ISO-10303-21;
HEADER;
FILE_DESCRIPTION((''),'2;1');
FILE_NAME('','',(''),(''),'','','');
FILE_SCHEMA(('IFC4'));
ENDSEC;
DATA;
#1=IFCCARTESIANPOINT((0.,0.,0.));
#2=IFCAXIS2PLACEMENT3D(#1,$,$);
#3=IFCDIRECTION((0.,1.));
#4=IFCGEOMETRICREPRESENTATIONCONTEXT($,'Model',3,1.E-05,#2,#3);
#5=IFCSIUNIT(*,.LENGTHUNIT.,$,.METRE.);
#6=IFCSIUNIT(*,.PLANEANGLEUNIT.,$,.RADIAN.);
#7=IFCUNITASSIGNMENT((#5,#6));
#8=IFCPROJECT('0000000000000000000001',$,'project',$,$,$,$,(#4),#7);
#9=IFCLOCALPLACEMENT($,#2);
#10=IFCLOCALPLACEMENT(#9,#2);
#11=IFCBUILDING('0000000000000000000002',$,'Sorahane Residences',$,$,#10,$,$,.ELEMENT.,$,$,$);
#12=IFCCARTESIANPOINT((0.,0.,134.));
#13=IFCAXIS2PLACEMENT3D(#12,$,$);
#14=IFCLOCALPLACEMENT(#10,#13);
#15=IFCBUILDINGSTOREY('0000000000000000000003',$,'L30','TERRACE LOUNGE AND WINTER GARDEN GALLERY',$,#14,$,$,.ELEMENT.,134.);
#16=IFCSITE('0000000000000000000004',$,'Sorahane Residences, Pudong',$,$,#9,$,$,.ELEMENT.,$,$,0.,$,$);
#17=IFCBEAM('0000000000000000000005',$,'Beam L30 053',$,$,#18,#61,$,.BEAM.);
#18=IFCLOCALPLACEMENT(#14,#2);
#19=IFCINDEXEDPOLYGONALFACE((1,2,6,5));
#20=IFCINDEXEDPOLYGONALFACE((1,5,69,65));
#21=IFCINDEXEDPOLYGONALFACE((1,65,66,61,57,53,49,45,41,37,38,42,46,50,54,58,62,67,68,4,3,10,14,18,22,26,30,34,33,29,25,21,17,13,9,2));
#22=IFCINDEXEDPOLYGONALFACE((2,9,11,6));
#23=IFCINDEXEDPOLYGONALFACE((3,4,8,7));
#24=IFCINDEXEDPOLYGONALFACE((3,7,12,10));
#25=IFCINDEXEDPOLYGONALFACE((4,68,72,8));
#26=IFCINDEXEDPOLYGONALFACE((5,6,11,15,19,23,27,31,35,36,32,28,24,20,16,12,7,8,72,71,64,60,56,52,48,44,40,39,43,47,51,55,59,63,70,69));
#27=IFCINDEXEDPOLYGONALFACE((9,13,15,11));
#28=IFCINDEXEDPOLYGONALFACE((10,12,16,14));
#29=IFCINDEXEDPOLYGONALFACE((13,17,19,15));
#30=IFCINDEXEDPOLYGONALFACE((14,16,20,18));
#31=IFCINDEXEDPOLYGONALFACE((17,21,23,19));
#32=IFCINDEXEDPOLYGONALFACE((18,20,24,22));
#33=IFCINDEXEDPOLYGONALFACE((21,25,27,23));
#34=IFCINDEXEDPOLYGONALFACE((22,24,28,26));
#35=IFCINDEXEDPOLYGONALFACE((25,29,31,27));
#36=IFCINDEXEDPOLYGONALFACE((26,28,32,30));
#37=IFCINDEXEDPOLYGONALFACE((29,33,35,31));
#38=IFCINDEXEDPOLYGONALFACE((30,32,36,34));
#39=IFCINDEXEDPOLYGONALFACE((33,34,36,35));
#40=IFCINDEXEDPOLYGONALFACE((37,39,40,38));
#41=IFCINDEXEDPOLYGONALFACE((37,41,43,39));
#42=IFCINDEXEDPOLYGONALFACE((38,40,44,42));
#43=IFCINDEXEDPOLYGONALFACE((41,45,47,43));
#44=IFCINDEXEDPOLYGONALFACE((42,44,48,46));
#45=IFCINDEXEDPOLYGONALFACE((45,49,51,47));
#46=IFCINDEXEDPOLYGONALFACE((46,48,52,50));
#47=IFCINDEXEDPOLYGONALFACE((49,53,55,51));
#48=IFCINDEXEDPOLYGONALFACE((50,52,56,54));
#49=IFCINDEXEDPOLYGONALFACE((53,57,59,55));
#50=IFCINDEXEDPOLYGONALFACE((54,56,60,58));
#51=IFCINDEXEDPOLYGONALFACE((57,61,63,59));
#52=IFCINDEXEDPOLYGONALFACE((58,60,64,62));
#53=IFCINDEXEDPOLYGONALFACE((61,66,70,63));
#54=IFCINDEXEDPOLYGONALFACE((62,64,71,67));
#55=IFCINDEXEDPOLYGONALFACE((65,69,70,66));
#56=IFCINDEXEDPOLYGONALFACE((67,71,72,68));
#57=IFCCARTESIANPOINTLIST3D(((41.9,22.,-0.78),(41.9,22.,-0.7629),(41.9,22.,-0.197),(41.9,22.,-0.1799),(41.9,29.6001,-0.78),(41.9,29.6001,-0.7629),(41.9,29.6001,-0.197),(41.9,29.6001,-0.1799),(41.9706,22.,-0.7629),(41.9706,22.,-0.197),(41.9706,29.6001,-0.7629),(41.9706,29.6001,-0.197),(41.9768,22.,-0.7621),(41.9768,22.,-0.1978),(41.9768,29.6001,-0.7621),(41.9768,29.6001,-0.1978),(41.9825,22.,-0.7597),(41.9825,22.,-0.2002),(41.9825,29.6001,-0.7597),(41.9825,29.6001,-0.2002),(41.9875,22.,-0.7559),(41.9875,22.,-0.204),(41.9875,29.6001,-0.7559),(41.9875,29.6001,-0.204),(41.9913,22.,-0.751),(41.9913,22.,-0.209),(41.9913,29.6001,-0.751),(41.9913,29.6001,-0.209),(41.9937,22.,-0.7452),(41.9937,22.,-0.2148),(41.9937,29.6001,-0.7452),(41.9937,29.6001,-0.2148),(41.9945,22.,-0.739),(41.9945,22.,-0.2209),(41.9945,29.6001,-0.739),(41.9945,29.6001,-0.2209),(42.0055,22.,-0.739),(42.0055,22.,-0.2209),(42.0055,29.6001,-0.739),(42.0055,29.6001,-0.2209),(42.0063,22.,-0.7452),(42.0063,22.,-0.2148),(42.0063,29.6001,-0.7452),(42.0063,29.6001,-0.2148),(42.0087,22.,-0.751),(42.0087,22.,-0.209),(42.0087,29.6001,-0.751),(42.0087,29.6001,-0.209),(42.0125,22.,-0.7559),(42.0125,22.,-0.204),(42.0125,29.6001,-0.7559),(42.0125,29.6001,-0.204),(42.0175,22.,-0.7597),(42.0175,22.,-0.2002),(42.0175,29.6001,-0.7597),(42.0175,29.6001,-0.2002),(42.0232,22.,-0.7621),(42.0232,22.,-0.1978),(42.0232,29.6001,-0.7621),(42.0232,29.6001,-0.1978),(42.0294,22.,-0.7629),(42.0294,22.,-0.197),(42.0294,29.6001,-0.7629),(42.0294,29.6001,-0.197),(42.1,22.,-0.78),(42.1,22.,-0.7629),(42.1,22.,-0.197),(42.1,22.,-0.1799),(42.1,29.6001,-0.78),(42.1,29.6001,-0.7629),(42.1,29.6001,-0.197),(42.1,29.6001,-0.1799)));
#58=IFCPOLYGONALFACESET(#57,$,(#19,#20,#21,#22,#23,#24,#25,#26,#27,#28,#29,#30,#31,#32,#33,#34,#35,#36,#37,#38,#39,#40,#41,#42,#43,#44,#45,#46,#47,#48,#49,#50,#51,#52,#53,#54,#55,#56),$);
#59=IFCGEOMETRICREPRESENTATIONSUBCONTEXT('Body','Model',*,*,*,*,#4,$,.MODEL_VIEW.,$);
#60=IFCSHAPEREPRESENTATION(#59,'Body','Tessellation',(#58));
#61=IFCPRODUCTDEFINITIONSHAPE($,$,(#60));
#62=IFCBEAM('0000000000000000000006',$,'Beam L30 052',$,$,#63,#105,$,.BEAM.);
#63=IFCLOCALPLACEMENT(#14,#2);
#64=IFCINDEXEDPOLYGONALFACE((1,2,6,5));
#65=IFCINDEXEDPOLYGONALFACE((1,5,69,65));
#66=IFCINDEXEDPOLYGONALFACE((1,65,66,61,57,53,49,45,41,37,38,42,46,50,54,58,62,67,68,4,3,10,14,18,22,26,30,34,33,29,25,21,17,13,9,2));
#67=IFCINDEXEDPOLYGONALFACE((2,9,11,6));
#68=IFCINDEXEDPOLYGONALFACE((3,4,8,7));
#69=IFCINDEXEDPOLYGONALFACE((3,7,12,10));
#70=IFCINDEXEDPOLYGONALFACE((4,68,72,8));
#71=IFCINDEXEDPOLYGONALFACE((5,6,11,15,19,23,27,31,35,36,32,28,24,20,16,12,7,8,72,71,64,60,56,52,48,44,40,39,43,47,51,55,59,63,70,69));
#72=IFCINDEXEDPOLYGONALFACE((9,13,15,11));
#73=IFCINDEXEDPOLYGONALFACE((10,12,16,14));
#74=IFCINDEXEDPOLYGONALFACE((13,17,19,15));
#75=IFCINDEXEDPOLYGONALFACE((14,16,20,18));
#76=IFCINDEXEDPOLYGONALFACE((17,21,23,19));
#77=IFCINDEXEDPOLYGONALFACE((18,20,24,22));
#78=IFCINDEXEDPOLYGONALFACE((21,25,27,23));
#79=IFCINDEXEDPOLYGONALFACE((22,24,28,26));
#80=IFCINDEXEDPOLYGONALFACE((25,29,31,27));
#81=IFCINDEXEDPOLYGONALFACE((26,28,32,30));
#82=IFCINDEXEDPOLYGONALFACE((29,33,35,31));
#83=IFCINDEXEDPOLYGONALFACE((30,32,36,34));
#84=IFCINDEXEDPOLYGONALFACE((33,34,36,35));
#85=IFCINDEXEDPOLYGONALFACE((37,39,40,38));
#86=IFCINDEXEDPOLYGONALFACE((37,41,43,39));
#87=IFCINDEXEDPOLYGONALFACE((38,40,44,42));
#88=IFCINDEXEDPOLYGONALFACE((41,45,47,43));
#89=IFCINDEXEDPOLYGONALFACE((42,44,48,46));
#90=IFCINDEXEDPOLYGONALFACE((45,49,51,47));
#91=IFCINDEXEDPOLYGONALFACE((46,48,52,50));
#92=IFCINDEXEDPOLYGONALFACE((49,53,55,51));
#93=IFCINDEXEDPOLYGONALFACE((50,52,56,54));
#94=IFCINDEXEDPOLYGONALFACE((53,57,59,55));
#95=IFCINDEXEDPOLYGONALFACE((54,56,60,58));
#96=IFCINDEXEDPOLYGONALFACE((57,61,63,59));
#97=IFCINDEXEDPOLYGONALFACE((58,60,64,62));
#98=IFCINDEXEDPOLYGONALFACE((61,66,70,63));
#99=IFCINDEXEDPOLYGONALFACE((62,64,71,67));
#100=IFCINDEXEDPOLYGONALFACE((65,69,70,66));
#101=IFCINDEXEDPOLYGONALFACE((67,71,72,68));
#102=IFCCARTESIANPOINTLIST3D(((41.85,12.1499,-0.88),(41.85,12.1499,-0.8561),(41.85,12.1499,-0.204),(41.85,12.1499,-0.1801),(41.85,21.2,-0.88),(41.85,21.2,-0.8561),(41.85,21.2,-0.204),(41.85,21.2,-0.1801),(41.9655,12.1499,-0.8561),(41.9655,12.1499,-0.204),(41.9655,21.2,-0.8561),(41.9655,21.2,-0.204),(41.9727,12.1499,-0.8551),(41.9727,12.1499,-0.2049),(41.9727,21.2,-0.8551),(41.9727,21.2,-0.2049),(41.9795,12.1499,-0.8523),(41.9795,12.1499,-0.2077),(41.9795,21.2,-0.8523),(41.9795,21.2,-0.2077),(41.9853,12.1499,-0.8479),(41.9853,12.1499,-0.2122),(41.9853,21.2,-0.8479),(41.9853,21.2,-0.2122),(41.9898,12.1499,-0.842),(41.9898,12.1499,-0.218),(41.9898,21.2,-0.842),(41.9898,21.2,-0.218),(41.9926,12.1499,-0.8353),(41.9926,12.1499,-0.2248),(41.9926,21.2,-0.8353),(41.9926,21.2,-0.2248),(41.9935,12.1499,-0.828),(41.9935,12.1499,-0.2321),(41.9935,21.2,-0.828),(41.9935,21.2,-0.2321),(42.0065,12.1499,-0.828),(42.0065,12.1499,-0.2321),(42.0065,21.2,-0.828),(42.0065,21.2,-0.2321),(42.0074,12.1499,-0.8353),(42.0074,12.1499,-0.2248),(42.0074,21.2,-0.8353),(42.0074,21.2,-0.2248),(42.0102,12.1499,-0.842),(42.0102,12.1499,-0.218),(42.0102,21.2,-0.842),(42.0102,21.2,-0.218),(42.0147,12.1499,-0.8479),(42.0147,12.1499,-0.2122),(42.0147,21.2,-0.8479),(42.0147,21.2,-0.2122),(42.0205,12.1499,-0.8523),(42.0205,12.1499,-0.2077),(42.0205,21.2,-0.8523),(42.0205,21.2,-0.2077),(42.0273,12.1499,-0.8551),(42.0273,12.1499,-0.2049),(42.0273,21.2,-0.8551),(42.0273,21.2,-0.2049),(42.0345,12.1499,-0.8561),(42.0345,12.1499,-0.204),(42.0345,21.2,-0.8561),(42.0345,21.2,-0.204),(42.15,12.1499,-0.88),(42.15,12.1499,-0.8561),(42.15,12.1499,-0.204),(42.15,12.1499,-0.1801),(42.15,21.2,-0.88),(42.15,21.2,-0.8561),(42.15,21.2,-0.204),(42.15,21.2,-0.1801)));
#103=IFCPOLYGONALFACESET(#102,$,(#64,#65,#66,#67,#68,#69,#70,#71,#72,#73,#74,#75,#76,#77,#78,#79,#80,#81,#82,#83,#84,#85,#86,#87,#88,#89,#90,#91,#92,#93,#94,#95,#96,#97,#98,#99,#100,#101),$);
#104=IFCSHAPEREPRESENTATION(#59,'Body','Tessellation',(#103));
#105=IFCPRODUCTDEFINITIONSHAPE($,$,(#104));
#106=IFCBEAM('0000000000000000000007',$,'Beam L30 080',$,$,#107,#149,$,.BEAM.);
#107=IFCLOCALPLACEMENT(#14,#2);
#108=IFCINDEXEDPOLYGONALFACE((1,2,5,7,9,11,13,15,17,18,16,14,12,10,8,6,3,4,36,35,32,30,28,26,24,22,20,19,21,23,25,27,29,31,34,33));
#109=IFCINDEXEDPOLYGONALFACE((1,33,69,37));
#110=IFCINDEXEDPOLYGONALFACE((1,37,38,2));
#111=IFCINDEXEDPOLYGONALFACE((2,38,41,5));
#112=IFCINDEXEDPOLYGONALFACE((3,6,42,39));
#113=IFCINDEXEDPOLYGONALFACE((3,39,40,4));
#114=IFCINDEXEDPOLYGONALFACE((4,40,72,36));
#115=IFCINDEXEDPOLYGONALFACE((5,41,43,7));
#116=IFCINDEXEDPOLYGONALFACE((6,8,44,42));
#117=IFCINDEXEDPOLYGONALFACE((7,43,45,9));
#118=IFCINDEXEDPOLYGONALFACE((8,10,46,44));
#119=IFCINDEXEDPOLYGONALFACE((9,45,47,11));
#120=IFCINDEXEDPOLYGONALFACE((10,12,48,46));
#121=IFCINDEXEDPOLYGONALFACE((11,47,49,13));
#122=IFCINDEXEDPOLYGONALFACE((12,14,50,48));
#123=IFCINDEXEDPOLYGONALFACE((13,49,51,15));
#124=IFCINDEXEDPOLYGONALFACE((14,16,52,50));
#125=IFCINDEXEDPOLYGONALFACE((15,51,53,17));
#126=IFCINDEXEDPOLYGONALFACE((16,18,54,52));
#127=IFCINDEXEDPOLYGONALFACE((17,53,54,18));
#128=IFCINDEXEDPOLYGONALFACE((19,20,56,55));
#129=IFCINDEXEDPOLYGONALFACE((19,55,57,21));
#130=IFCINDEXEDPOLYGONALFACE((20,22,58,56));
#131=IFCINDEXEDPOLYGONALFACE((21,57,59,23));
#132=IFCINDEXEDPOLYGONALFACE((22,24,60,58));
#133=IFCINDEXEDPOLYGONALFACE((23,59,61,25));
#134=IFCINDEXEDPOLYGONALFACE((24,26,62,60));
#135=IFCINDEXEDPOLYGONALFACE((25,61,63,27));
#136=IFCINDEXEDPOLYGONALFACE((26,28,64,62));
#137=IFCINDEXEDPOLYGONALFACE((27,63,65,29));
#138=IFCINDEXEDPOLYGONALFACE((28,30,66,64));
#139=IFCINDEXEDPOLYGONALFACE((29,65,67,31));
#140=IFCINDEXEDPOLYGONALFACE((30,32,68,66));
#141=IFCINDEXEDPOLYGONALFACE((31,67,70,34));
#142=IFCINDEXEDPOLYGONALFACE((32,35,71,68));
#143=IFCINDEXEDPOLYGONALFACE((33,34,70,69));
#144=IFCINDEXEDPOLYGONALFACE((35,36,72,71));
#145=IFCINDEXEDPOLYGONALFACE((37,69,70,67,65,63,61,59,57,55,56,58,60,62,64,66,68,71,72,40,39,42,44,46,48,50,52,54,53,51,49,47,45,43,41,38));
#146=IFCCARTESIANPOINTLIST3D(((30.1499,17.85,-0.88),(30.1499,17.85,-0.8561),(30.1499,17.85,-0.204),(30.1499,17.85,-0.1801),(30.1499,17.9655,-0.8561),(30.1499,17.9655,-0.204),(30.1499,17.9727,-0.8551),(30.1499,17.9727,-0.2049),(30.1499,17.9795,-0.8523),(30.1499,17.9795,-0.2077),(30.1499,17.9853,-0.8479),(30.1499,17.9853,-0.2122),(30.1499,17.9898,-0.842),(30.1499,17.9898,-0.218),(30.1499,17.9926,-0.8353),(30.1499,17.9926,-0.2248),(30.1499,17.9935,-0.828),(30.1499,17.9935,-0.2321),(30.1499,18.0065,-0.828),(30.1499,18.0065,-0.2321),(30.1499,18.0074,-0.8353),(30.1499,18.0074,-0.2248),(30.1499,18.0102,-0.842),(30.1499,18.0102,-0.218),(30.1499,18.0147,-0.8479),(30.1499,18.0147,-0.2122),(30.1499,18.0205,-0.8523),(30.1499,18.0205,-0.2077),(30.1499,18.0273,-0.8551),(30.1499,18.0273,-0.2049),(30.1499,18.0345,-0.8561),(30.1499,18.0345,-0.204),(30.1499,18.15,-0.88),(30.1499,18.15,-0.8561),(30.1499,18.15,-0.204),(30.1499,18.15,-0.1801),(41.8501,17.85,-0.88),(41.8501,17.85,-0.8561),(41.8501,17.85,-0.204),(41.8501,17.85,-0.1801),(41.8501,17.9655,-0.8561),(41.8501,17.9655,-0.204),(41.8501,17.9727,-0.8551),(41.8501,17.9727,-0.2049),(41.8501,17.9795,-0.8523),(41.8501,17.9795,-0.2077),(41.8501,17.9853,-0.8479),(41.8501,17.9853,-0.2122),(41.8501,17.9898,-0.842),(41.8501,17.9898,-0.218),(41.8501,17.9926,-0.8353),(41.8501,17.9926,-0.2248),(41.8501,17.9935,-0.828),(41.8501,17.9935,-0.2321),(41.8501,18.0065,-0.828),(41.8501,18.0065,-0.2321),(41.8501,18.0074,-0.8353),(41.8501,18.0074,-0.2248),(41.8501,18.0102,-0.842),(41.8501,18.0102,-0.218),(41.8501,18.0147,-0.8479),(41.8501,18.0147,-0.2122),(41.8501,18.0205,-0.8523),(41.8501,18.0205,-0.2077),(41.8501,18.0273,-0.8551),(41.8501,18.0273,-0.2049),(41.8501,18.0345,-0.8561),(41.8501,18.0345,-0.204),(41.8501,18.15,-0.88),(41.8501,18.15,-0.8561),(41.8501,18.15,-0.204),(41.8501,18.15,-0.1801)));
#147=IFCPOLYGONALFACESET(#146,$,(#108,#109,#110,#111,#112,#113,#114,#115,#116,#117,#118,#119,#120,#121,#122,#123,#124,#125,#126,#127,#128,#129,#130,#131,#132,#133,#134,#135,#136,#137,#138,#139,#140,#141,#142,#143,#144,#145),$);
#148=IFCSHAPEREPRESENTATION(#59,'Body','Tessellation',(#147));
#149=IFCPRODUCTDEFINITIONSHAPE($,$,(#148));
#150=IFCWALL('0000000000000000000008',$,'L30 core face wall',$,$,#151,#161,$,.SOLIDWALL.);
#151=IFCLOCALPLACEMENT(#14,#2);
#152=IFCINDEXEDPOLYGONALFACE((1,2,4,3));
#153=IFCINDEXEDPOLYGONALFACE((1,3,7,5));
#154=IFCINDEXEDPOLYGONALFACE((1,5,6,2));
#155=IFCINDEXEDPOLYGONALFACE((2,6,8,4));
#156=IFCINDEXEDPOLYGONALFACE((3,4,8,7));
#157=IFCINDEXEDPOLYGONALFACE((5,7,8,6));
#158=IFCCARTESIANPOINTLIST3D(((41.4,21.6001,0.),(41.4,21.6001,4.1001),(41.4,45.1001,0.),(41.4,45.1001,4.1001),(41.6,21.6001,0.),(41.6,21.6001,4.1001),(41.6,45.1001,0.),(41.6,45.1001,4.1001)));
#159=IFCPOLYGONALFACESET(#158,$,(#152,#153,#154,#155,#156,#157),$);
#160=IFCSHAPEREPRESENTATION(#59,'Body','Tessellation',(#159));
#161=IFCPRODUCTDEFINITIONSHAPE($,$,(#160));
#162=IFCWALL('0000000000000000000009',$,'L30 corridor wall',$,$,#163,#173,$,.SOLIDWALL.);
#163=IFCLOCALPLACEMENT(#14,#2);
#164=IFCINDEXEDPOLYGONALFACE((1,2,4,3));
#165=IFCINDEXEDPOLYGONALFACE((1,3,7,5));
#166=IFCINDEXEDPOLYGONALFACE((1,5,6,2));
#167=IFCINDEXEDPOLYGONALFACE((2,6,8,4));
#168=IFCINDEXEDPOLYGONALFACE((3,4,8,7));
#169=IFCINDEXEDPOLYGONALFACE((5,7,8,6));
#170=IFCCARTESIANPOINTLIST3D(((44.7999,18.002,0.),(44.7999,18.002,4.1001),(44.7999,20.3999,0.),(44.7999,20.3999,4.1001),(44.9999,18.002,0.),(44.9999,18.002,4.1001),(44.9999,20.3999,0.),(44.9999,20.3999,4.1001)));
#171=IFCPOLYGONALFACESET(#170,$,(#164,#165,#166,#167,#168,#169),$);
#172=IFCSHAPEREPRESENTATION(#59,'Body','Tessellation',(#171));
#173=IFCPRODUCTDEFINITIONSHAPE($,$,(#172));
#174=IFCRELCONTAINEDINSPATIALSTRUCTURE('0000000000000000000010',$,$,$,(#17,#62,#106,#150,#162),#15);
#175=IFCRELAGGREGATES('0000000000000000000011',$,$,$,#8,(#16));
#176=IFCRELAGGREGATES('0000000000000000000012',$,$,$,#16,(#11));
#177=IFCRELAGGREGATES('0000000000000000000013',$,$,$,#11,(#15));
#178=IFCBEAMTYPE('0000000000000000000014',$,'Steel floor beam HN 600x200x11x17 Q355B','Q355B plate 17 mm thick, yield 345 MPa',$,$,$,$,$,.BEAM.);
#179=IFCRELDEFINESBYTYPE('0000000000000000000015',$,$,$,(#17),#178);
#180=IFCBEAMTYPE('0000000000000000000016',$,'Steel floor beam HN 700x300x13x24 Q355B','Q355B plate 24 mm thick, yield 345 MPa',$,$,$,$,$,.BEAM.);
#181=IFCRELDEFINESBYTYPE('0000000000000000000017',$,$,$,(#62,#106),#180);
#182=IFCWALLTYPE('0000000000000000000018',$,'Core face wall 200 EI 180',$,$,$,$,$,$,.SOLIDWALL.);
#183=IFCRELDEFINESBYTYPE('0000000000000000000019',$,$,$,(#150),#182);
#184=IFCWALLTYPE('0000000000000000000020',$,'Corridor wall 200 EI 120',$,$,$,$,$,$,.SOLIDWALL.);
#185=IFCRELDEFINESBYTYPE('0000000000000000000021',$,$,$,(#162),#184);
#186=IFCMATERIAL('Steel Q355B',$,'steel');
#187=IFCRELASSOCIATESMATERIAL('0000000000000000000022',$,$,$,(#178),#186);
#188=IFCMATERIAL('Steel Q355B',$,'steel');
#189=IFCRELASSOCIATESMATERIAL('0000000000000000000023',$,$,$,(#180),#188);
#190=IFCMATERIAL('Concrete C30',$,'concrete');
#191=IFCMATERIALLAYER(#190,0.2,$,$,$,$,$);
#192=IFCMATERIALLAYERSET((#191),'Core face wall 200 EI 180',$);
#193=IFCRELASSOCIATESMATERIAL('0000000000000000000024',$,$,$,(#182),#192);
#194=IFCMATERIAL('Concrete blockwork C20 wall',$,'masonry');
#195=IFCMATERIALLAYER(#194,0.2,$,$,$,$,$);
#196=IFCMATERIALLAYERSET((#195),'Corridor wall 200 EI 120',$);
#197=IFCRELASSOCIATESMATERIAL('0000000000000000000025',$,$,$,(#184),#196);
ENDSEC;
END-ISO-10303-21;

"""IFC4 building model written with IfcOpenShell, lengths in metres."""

from ifc_helpers import new_model, si_unit, direction, frame, frame_2d, origin, origin_2d, place, context, subcontext, project, spatial, rectangle, i_section, extrude, material, layer, layer_set, material_profile, profile_set, type_object, element, save


model = new_model("IFC4")

# Units and contexts
model_context = context("Model", 3, precision=1e-05, world=origin(), true_north=direction((0.0, 1.0)))
body_context = subcontext(model_context, "Body", "Model", "MODEL_VIEW")
ifc_project = project(units=[si_unit("LENGTHUNIT", "METRE"), si_unit("PLANEANGLEUNIT", "RADIAN")], contexts=[model_context])

# Site, building, storey
site_placement = place(None, origin())
site = spatial("IfcSite", under=ifc_project, at=site_placement, Name="Sorahane Residences, Pudong", CompositionType="ELEMENT", RefElevation=0.0)
building_placement = place(site_placement, origin())
building = spatial("IfcBuilding", under=site, at=building_placement, Name="Sorahane Residences", CompositionType="ELEMENT")
storey_placement = place(building_placement, frame((0.0, 0.0, 134.0)))
storey = spatial("IfcBuildingStorey", under=building, at=storey_placement, Name="L30", Description="TERRACE LOUNGE AND WINTER GARDEN GALLERY", CompositionType="ELEMENT", Elevation=134.0)

# Beams
ifc_material_1 = material(Name="Steel Q355B", Category="steel")
ifc_material_profile_1 = material_profile(ifc_material_1, i_section(OverallWidth=0.2, OverallDepth=0.6001, WebThickness=0.011, FlangeThickness=0.0171, FilletRadius=0.0239, at=origin_2d()), Name="HN 600x200x11x17")
ifc_profile_set_1 = profile_set([ifc_material_profile_1], Name="Steel Q355B")
beam_type_1 = type_object("IfcBeamType", Name="Steel floor beam HN 600x200x11x17 Q355B", Description="Q355B plate 17 mm thick, yield 345 MPa", PredefinedType="BEAM", material=ifc_profile_set_1)
for number, where, z_axis, x_axis, name in (
    (1, (42.0, 22.0, -0.48), (0.0, 1.0, 0.0), (-1.0, 0.0, 0.0), "Beam L30 053"),
):
    element("IfcBeam", number, at=place(storey_placement, frame(where, z_axis=z_axis, x_axis=x_axis)), inside=storey, type_object=beam_type_1, Name=name, PredefinedType="BEAM", context=body_context, shape_type="SweptSolid", body=[
        extrude(i_section(OverallWidth=0.2, OverallDepth=0.6001, WebThickness=0.011, FlangeThickness=0.0171, FilletRadius=0.0239, at=origin_2d()), origin(), (0.0, 0.0, 1.0), 7.6001),
    ])
ifc_material_2 = material(Name="Steel Q355B", Category="steel")
ifc_material_profile_2 = material_profile(ifc_material_2, i_section(OverallWidth=0.3, OverallDepth=0.7, WebThickness=0.0129, FlangeThickness=0.0239, FilletRadius=0.0281, at=origin_2d()), Name="HN 700x300x13x24")
ifc_profile_set_2 = profile_set([ifc_material_profile_2], Name="Steel Q355B")
beam_type_2 = type_object("IfcBeamType", Name="Steel floor beam HN 700x300x13x24 Q355B", Description="Q355B plate 24 mm thick, yield 345 MPa", PredefinedType="BEAM", material=ifc_profile_set_2)
beam_1_placement = place(storey_placement, frame((42.0, 12.1499, -0.53), z_axis=(0.0, 1.0, 0.0), x_axis=(-1.0, 0.0, 0.0)))
element("IfcBeam", 2, at=beam_1_placement, inside=storey, type_object=beam_type_2, Name="Beam L30 052", PredefinedType="BEAM", context=body_context, shape_type="SweptSolid", body=[
    extrude(i_section(OverallWidth=0.3, OverallDepth=0.7, WebThickness=0.0129, FlangeThickness=0.0239, FilletRadius=0.0281, at=origin_2d()), origin(), (0.0, 0.0, 1.0), 9.05),
])
beam_2_placement = place(storey_placement, frame((30.1499, 18.0, -0.53), z_axis=(1.0, 0.0, 0.0), x_axis=(0.0, 1.0, 0.0)))
element("IfcBeam", 3, at=beam_2_placement, inside=storey, type_object=beam_type_2, Name="Beam L30 080", PredefinedType="BEAM", context=body_context, shape_type="SweptSolid", body=[
    extrude(i_section(OverallWidth=0.3, OverallDepth=0.7, WebThickness=0.0129, FlangeThickness=0.0239, FilletRadius=0.0281, at=origin_2d()), origin(), (0.0, 0.0, 1.0), 11.7002),
])

# Walls
ifc_material_3 = material(Name="Concrete C30", Category="concrete")
ifc_layer_1 = layer(ifc_material_3, 0.2)
ifc_layer_set_1 = layer_set([ifc_layer_1], Name="Core face wall 200 EI 180")
wall_type_1 = type_object("IfcWallType", Name="Core face wall 200 EI 180", PredefinedType="SOLIDWALL", material=ifc_layer_set_1)
wall_1_placement = place(storey_placement, frame((41.5, 21.6001, 0.0), z_axis=(0.0, 0.0, 1.0), x_axis=(0.0, 1.0, 0.0)))
element("IfcWall", 4, at=wall_1_placement, inside=storey, type_object=wall_type_1, Name="L30 core face wall", PredefinedType="SOLIDWALL", context=body_context, shape_type="SweptSolid", body=[
    extrude(rectangle(XDim=23.5, YDim=0.2, at=frame_2d((11.75, 0.0))), origin(), (0.0, 0.0, 1.0), 4.1001),
])
ifc_material_4 = material(Name="Concrete blockwork C20 wall", Category="masonry")
ifc_layer_2 = layer(ifc_material_4, 0.2)
ifc_layer_set_2 = layer_set([ifc_layer_2], Name="Corridor wall 200 EI 120")
wall_type_2 = type_object("IfcWallType", Name="Corridor wall 200 EI 120", PredefinedType="SOLIDWALL", material=ifc_layer_set_2)
wall_2_placement = place(storey_placement, frame((44.8999, 18.002, 0.0), z_axis=(0.0, 0.0, 1.0), x_axis=(0.0, 1.0, 0.0)))
element("IfcWall", 5, at=wall_2_placement, inside=storey, type_object=wall_type_2, Name="L30 corridor wall", PredefinedType="SOLIDWALL", context=body_context, shape_type="SweptSolid", body=[
    extrude(rectangle(XDim=2.3979, YDim=0.2, at=frame_2d((1.199, 0.0))), origin(), (0.0, 0.0, 1.0), 4.1001),
])

save(model, "model.ifc")
